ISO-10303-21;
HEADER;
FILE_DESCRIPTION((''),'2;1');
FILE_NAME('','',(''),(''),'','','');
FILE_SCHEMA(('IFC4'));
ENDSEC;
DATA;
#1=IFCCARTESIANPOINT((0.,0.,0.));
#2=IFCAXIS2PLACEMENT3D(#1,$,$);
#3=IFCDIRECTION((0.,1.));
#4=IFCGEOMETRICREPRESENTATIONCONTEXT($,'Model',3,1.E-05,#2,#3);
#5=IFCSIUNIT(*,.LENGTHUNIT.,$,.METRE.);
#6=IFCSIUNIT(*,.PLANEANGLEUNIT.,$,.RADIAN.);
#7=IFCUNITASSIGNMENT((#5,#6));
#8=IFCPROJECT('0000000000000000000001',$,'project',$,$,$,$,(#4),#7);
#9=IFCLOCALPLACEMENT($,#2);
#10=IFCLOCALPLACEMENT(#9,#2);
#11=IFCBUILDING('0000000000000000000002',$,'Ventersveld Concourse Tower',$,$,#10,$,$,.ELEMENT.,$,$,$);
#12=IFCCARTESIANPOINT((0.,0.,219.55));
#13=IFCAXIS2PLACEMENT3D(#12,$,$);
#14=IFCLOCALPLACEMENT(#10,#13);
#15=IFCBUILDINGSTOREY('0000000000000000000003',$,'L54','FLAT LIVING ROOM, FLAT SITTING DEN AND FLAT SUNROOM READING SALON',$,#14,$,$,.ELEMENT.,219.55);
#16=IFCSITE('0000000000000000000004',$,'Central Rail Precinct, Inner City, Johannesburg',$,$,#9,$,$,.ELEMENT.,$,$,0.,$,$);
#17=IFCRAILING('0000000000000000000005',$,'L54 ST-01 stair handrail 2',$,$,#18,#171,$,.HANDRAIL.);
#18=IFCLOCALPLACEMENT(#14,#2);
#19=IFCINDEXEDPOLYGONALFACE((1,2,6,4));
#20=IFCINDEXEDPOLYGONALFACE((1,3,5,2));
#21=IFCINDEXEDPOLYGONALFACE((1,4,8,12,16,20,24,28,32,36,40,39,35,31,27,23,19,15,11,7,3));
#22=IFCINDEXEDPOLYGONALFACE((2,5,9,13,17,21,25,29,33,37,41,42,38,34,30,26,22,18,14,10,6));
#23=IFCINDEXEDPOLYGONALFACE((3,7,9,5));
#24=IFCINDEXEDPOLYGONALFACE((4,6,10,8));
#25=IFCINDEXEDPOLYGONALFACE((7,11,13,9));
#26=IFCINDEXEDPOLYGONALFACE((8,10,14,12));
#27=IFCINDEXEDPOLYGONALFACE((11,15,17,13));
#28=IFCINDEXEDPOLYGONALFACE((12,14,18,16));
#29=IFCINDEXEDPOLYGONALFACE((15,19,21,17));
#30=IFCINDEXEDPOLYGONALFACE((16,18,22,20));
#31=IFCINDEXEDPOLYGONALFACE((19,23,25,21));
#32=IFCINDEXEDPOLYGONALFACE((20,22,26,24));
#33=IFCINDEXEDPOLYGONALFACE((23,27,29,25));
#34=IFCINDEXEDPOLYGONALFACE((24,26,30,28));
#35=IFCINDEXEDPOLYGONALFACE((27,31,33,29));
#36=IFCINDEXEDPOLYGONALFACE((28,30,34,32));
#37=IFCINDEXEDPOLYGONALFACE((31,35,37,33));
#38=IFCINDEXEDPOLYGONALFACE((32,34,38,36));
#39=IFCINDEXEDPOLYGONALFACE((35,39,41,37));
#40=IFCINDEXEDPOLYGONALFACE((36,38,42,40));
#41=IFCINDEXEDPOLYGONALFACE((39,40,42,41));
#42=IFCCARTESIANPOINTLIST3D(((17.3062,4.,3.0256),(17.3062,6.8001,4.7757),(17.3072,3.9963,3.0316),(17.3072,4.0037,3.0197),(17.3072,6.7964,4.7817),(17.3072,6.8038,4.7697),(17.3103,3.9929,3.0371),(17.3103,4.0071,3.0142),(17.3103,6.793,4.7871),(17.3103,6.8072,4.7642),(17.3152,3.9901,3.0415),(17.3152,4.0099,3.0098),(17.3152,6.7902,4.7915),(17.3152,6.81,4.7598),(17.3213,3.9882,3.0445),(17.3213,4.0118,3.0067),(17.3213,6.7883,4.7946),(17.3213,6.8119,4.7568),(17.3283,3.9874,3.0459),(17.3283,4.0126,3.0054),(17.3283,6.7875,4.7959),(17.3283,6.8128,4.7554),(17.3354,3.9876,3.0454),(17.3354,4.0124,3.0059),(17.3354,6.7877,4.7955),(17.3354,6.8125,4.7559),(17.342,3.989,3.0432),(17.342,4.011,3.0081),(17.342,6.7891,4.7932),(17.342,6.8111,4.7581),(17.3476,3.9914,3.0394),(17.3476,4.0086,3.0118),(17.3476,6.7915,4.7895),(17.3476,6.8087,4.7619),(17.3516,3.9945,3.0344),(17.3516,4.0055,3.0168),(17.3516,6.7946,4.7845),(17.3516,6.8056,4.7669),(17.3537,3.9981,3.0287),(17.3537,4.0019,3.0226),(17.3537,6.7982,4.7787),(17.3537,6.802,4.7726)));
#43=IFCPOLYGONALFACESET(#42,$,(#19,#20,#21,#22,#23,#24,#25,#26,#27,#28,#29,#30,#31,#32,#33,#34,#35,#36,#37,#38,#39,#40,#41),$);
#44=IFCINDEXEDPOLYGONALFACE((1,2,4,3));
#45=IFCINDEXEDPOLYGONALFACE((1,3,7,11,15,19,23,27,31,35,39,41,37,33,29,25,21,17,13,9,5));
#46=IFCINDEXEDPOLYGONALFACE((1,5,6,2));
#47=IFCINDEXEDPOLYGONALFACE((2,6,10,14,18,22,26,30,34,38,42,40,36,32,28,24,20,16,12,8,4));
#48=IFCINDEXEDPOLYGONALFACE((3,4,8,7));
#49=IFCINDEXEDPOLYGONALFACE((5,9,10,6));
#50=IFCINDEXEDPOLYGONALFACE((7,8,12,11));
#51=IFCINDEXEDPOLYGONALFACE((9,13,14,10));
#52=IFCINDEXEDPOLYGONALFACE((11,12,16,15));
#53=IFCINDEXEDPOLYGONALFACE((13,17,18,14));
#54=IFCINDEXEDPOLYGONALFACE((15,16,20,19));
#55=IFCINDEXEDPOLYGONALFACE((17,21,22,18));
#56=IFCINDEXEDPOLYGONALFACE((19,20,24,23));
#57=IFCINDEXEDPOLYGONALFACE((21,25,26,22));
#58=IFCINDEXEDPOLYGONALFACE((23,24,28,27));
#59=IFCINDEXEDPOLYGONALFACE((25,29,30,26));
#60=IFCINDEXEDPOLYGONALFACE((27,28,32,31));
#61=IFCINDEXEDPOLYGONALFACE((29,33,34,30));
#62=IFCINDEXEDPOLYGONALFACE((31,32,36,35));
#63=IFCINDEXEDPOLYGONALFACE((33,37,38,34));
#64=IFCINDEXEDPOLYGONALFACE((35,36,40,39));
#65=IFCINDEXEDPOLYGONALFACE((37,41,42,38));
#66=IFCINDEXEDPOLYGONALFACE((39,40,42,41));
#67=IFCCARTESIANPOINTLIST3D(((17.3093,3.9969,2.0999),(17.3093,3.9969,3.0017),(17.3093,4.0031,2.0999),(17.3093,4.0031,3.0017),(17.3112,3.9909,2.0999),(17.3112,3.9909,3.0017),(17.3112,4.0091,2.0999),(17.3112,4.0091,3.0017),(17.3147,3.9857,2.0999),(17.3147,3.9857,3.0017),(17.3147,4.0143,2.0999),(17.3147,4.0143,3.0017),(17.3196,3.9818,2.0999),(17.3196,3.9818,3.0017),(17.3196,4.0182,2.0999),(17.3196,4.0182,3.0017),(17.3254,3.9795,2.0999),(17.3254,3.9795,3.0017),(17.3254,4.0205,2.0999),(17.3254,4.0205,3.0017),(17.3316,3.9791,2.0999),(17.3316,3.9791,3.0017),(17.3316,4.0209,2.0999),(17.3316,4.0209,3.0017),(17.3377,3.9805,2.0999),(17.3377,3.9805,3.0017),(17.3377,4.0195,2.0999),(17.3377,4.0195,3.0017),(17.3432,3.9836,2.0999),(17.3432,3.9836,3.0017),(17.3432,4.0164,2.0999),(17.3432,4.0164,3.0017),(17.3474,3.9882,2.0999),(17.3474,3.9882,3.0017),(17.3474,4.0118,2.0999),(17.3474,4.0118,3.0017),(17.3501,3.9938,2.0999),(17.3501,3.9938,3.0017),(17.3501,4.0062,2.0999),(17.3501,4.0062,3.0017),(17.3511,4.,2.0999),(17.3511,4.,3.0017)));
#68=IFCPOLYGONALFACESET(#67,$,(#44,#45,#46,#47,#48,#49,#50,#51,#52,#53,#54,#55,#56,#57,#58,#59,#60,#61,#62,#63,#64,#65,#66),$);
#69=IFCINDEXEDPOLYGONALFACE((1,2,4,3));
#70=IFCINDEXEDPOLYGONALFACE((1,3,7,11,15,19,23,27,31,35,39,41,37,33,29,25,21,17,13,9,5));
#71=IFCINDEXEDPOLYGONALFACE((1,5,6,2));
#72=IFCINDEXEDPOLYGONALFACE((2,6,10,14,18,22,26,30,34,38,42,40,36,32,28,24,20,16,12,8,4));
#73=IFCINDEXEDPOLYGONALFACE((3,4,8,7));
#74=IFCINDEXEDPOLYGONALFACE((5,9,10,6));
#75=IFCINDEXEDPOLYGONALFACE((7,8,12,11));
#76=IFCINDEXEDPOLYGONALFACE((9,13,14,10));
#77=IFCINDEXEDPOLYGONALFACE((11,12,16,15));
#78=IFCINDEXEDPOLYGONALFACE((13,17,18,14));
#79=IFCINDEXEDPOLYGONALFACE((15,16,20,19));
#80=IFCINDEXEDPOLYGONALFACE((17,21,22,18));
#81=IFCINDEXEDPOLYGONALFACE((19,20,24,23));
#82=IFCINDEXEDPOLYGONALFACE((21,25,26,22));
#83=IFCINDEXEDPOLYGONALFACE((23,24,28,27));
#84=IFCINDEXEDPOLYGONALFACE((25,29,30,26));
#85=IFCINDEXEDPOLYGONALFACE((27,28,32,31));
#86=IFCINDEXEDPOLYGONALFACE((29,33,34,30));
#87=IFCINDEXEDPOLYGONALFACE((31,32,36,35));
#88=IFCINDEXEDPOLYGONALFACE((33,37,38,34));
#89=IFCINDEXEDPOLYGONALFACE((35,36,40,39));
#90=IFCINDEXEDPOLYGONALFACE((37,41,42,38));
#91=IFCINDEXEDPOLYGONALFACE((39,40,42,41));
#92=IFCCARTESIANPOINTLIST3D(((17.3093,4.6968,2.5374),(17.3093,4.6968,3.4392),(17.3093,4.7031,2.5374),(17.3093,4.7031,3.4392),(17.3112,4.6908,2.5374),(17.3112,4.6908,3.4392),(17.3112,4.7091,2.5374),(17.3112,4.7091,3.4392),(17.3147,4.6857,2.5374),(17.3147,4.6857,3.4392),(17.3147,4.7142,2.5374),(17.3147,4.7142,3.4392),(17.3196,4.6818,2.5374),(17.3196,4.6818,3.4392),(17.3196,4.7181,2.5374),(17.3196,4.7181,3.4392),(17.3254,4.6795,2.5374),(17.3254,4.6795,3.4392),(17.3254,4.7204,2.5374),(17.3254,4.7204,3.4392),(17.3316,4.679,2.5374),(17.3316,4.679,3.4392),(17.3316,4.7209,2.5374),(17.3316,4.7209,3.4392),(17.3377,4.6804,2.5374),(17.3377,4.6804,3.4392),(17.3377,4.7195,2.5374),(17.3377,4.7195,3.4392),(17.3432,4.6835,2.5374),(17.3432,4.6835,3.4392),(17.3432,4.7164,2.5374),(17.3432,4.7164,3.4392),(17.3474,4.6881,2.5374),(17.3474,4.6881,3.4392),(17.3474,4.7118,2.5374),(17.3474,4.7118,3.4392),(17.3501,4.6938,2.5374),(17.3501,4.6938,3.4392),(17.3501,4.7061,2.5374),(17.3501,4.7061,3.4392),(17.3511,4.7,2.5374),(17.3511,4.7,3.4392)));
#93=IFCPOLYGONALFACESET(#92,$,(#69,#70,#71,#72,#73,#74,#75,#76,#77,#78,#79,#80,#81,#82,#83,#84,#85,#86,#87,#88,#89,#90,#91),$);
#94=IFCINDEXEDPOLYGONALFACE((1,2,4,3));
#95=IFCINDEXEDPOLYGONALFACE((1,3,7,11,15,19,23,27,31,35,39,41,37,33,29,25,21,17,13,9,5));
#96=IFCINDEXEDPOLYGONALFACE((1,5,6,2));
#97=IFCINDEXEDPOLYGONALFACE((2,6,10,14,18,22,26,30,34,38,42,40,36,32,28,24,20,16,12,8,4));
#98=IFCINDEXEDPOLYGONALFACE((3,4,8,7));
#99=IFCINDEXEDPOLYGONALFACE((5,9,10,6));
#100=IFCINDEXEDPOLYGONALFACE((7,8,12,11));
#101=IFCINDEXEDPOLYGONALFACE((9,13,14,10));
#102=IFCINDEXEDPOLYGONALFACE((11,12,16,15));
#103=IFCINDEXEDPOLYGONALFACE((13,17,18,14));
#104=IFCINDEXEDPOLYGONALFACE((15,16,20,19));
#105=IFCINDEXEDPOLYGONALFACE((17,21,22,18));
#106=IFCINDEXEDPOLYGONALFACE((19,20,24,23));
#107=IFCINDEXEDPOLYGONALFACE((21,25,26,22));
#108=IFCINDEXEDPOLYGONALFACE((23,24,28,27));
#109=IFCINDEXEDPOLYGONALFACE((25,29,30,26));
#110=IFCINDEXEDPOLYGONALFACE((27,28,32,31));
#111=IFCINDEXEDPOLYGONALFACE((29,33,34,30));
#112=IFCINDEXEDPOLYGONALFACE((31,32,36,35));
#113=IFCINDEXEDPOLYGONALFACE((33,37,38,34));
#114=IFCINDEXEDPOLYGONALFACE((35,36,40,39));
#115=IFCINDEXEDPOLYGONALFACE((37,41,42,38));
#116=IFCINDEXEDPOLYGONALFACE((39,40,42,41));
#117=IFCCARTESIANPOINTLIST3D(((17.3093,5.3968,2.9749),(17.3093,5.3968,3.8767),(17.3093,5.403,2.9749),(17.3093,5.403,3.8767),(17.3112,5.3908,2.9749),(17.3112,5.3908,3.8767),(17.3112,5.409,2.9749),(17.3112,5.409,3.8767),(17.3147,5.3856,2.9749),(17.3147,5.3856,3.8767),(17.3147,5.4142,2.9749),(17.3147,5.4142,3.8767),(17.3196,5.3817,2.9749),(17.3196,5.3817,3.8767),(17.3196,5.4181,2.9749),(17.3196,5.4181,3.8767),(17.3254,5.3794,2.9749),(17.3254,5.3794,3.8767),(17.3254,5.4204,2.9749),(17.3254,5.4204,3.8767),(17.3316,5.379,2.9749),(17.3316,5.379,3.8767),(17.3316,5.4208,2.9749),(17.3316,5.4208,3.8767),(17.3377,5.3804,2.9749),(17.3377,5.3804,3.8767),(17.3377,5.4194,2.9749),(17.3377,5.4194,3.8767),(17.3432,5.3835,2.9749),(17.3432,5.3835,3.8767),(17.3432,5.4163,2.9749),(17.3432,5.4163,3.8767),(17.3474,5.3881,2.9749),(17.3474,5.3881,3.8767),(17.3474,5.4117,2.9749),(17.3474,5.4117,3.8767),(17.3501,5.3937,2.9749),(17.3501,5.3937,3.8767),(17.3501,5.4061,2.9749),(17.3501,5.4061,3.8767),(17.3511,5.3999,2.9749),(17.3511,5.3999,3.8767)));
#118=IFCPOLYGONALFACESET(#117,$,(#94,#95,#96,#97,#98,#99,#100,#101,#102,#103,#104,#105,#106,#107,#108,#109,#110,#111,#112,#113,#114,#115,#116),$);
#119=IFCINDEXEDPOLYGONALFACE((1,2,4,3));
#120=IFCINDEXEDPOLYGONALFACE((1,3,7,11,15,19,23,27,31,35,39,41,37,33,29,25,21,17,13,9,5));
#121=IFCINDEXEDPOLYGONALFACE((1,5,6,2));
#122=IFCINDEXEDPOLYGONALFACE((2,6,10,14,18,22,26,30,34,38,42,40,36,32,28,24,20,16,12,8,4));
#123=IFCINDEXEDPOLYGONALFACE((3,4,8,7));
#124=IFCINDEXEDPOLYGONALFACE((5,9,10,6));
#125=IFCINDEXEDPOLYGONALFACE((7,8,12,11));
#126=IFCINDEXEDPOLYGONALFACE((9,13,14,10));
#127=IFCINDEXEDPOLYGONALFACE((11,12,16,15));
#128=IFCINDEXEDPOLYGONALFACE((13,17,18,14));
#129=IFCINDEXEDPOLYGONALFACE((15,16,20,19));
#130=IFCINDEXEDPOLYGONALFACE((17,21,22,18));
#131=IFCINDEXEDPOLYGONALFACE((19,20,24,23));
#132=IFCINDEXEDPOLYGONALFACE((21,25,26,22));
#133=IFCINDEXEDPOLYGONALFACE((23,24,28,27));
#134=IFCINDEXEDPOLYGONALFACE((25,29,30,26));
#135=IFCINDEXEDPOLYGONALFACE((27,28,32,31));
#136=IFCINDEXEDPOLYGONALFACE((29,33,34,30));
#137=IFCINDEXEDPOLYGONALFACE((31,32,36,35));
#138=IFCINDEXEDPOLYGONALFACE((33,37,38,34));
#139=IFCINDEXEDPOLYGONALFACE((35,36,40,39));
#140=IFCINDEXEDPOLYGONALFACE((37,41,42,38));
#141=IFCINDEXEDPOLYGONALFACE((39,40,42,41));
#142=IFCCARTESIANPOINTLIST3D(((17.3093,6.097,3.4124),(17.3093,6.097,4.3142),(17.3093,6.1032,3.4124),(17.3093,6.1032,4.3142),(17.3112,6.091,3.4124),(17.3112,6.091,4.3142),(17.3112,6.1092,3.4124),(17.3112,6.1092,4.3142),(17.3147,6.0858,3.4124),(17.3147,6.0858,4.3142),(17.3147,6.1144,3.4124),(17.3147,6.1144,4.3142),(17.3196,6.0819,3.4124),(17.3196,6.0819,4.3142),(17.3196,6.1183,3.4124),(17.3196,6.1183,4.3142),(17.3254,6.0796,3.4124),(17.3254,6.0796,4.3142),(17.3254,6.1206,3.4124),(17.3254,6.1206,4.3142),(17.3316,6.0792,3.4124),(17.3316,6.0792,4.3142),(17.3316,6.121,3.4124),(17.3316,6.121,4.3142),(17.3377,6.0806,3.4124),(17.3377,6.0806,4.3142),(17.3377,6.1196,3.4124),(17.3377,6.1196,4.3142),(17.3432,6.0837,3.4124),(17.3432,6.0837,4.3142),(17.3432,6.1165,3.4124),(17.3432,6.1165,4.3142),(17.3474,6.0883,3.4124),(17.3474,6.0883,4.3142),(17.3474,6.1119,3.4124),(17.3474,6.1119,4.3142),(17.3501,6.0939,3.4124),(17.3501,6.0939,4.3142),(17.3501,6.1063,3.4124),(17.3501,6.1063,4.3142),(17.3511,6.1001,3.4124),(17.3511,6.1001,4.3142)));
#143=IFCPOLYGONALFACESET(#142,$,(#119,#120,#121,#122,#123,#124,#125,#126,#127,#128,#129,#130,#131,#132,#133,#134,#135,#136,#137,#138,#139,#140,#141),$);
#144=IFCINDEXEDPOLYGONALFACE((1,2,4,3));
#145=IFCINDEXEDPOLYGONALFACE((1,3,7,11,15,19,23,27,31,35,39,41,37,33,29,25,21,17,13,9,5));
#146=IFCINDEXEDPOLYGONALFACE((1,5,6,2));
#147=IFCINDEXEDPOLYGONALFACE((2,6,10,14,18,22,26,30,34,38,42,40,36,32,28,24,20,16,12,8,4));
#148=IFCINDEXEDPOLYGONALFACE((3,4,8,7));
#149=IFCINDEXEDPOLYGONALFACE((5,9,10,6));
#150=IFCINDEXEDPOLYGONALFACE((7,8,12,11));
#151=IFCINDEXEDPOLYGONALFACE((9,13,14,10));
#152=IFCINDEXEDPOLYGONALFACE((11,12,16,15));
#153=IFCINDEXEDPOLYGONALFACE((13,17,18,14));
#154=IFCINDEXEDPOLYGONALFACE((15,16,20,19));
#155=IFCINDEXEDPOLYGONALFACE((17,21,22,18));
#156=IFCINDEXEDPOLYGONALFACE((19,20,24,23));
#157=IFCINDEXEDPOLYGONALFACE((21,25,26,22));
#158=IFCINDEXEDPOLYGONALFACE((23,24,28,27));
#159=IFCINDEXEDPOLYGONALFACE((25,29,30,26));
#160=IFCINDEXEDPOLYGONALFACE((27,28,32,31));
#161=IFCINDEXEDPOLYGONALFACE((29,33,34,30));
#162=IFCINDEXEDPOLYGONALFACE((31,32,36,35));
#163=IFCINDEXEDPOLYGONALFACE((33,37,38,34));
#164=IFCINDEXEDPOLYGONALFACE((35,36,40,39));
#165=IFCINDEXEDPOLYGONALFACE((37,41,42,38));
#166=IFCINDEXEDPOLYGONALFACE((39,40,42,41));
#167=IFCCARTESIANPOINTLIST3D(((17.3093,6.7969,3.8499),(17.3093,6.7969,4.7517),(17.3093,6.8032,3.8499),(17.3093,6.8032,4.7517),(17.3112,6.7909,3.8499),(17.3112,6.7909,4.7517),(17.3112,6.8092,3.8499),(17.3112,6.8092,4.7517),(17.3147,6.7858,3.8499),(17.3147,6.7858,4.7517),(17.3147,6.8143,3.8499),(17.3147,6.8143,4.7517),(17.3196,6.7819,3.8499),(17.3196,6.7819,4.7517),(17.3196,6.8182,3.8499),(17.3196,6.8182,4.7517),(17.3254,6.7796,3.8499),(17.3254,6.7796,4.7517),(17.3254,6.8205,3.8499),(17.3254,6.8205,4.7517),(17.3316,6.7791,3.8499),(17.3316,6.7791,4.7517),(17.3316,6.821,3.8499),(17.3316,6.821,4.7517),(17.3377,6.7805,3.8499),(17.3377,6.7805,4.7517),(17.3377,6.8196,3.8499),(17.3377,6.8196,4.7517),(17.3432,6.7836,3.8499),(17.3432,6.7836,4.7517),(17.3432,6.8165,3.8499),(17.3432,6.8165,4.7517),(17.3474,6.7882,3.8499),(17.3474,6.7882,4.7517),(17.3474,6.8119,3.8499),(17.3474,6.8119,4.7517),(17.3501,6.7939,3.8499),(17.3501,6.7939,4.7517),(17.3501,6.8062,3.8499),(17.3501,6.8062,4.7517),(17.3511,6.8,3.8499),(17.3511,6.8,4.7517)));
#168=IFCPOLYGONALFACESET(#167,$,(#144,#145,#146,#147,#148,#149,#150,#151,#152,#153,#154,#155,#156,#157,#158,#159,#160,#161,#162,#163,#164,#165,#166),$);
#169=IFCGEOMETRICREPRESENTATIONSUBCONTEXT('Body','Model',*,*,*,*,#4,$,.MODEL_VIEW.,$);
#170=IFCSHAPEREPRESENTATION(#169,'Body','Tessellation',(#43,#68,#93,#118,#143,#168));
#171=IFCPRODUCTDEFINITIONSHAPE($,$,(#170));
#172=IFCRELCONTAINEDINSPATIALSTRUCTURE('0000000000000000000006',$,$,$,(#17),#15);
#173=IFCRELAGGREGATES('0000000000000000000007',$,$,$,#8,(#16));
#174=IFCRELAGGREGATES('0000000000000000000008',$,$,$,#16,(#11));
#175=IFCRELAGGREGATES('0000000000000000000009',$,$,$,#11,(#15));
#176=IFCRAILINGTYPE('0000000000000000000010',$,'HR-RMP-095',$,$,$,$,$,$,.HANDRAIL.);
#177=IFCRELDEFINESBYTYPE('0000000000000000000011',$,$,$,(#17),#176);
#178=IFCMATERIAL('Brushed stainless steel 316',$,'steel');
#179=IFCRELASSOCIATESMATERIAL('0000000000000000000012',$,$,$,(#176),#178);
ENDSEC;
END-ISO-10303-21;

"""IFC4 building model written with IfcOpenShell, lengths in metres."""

from ifc_helpers import new_model, si_unit, direction, frame, origin, origin_2d, place, context, subcontext, project, spatial, circle, extrude, material, type_object, element, save


model = new_model("IFC4")

# Units and contexts
model_context = context("Model", 3, precision=1e-05, world=origin(), true_north=direction((0.0, 1.0)))
body_context = subcontext(model_context, "Body", "Model", "MODEL_VIEW")
ifc_project = project(units=[si_unit("LENGTHUNIT", "METRE"), si_unit("PLANEANGLEUNIT", "RADIAN")], contexts=[model_context])

# Site, building, storey
site_placement = place(None, origin())
site = spatial("IfcSite", under=ifc_project, at=site_placement, Name="Central Rail Precinct, Inner City, Johannesburg", CompositionType="ELEMENT", RefElevation=0.0)
building_placement = place(site_placement, origin())
building = spatial("IfcBuilding", under=site, at=building_placement, Name="Ventersveld Concourse Tower", CompositionType="ELEMENT")
storey_placement = place(building_placement, frame((0.0, 0.0, 219.55)))
storey = spatial("IfcBuildingStorey", under=building, at=storey_placement, Name="L54", Description="FLAT LIVING ROOM, FLAT SITTING DEN AND FLAT SUNROOM READING SALON", CompositionType="ELEMENT", Elevation=219.55)

# Shared definitions
ifc_material_1 = material(Name="Brushed stainless steel 316", Category="steel")

# Railing
railing_type_1 = type_object("IfcRailingType", Name="HR-RMP-095", PredefinedType="HANDRAIL", material=ifc_material_1)
railing_1_placement = place(storey_placement, frame((17.3301, 4.0, 2.0999)))
element("IfcRailing", 1, at=railing_1_placement, inside=storey, type_object=railing_type_1, Name="L54 ST-01 stair handrail 2", PredefinedType="HANDRAIL", context=body_context, shape_type="SweptSolid", body=[
    extrude(circle(Radius=0.0239, at=origin_2d()), frame((0.0, 0.0, 0.9258), z_axis=(0.0, 0.848002, 0.529992), x_axis=(-1.0, 0.0, 0.0)), (0.0, 0.0, 1.0), 3.302),
    extrude(circle(Radius=0.021, at=origin_2d()), origin(), (0.0, 0.0, 1.0), 0.9019),
    extrude(circle(Radius=0.021, at=origin_2d()), frame((0.0, 0.7, 0.4375)), (0.0, 0.0, 1.0), 0.9019),
    extrude(circle(Radius=0.021, at=origin_2d()), frame((0.0, 1.3999, 0.875)), (0.0, 0.0, 1.0), 0.9019),
    extrude(circle(Radius=0.021, at=origin_2d()), frame((0.0, 2.1001, 1.3125)), (0.0, 0.0, 1.0), 0.9019),
    extrude(circle(Radius=0.021, at=origin_2d()), frame((0.0, 2.8, 1.75)), (0.0, 0.0, 1.0), 0.9019),
])

save(model, "model.ifc")
